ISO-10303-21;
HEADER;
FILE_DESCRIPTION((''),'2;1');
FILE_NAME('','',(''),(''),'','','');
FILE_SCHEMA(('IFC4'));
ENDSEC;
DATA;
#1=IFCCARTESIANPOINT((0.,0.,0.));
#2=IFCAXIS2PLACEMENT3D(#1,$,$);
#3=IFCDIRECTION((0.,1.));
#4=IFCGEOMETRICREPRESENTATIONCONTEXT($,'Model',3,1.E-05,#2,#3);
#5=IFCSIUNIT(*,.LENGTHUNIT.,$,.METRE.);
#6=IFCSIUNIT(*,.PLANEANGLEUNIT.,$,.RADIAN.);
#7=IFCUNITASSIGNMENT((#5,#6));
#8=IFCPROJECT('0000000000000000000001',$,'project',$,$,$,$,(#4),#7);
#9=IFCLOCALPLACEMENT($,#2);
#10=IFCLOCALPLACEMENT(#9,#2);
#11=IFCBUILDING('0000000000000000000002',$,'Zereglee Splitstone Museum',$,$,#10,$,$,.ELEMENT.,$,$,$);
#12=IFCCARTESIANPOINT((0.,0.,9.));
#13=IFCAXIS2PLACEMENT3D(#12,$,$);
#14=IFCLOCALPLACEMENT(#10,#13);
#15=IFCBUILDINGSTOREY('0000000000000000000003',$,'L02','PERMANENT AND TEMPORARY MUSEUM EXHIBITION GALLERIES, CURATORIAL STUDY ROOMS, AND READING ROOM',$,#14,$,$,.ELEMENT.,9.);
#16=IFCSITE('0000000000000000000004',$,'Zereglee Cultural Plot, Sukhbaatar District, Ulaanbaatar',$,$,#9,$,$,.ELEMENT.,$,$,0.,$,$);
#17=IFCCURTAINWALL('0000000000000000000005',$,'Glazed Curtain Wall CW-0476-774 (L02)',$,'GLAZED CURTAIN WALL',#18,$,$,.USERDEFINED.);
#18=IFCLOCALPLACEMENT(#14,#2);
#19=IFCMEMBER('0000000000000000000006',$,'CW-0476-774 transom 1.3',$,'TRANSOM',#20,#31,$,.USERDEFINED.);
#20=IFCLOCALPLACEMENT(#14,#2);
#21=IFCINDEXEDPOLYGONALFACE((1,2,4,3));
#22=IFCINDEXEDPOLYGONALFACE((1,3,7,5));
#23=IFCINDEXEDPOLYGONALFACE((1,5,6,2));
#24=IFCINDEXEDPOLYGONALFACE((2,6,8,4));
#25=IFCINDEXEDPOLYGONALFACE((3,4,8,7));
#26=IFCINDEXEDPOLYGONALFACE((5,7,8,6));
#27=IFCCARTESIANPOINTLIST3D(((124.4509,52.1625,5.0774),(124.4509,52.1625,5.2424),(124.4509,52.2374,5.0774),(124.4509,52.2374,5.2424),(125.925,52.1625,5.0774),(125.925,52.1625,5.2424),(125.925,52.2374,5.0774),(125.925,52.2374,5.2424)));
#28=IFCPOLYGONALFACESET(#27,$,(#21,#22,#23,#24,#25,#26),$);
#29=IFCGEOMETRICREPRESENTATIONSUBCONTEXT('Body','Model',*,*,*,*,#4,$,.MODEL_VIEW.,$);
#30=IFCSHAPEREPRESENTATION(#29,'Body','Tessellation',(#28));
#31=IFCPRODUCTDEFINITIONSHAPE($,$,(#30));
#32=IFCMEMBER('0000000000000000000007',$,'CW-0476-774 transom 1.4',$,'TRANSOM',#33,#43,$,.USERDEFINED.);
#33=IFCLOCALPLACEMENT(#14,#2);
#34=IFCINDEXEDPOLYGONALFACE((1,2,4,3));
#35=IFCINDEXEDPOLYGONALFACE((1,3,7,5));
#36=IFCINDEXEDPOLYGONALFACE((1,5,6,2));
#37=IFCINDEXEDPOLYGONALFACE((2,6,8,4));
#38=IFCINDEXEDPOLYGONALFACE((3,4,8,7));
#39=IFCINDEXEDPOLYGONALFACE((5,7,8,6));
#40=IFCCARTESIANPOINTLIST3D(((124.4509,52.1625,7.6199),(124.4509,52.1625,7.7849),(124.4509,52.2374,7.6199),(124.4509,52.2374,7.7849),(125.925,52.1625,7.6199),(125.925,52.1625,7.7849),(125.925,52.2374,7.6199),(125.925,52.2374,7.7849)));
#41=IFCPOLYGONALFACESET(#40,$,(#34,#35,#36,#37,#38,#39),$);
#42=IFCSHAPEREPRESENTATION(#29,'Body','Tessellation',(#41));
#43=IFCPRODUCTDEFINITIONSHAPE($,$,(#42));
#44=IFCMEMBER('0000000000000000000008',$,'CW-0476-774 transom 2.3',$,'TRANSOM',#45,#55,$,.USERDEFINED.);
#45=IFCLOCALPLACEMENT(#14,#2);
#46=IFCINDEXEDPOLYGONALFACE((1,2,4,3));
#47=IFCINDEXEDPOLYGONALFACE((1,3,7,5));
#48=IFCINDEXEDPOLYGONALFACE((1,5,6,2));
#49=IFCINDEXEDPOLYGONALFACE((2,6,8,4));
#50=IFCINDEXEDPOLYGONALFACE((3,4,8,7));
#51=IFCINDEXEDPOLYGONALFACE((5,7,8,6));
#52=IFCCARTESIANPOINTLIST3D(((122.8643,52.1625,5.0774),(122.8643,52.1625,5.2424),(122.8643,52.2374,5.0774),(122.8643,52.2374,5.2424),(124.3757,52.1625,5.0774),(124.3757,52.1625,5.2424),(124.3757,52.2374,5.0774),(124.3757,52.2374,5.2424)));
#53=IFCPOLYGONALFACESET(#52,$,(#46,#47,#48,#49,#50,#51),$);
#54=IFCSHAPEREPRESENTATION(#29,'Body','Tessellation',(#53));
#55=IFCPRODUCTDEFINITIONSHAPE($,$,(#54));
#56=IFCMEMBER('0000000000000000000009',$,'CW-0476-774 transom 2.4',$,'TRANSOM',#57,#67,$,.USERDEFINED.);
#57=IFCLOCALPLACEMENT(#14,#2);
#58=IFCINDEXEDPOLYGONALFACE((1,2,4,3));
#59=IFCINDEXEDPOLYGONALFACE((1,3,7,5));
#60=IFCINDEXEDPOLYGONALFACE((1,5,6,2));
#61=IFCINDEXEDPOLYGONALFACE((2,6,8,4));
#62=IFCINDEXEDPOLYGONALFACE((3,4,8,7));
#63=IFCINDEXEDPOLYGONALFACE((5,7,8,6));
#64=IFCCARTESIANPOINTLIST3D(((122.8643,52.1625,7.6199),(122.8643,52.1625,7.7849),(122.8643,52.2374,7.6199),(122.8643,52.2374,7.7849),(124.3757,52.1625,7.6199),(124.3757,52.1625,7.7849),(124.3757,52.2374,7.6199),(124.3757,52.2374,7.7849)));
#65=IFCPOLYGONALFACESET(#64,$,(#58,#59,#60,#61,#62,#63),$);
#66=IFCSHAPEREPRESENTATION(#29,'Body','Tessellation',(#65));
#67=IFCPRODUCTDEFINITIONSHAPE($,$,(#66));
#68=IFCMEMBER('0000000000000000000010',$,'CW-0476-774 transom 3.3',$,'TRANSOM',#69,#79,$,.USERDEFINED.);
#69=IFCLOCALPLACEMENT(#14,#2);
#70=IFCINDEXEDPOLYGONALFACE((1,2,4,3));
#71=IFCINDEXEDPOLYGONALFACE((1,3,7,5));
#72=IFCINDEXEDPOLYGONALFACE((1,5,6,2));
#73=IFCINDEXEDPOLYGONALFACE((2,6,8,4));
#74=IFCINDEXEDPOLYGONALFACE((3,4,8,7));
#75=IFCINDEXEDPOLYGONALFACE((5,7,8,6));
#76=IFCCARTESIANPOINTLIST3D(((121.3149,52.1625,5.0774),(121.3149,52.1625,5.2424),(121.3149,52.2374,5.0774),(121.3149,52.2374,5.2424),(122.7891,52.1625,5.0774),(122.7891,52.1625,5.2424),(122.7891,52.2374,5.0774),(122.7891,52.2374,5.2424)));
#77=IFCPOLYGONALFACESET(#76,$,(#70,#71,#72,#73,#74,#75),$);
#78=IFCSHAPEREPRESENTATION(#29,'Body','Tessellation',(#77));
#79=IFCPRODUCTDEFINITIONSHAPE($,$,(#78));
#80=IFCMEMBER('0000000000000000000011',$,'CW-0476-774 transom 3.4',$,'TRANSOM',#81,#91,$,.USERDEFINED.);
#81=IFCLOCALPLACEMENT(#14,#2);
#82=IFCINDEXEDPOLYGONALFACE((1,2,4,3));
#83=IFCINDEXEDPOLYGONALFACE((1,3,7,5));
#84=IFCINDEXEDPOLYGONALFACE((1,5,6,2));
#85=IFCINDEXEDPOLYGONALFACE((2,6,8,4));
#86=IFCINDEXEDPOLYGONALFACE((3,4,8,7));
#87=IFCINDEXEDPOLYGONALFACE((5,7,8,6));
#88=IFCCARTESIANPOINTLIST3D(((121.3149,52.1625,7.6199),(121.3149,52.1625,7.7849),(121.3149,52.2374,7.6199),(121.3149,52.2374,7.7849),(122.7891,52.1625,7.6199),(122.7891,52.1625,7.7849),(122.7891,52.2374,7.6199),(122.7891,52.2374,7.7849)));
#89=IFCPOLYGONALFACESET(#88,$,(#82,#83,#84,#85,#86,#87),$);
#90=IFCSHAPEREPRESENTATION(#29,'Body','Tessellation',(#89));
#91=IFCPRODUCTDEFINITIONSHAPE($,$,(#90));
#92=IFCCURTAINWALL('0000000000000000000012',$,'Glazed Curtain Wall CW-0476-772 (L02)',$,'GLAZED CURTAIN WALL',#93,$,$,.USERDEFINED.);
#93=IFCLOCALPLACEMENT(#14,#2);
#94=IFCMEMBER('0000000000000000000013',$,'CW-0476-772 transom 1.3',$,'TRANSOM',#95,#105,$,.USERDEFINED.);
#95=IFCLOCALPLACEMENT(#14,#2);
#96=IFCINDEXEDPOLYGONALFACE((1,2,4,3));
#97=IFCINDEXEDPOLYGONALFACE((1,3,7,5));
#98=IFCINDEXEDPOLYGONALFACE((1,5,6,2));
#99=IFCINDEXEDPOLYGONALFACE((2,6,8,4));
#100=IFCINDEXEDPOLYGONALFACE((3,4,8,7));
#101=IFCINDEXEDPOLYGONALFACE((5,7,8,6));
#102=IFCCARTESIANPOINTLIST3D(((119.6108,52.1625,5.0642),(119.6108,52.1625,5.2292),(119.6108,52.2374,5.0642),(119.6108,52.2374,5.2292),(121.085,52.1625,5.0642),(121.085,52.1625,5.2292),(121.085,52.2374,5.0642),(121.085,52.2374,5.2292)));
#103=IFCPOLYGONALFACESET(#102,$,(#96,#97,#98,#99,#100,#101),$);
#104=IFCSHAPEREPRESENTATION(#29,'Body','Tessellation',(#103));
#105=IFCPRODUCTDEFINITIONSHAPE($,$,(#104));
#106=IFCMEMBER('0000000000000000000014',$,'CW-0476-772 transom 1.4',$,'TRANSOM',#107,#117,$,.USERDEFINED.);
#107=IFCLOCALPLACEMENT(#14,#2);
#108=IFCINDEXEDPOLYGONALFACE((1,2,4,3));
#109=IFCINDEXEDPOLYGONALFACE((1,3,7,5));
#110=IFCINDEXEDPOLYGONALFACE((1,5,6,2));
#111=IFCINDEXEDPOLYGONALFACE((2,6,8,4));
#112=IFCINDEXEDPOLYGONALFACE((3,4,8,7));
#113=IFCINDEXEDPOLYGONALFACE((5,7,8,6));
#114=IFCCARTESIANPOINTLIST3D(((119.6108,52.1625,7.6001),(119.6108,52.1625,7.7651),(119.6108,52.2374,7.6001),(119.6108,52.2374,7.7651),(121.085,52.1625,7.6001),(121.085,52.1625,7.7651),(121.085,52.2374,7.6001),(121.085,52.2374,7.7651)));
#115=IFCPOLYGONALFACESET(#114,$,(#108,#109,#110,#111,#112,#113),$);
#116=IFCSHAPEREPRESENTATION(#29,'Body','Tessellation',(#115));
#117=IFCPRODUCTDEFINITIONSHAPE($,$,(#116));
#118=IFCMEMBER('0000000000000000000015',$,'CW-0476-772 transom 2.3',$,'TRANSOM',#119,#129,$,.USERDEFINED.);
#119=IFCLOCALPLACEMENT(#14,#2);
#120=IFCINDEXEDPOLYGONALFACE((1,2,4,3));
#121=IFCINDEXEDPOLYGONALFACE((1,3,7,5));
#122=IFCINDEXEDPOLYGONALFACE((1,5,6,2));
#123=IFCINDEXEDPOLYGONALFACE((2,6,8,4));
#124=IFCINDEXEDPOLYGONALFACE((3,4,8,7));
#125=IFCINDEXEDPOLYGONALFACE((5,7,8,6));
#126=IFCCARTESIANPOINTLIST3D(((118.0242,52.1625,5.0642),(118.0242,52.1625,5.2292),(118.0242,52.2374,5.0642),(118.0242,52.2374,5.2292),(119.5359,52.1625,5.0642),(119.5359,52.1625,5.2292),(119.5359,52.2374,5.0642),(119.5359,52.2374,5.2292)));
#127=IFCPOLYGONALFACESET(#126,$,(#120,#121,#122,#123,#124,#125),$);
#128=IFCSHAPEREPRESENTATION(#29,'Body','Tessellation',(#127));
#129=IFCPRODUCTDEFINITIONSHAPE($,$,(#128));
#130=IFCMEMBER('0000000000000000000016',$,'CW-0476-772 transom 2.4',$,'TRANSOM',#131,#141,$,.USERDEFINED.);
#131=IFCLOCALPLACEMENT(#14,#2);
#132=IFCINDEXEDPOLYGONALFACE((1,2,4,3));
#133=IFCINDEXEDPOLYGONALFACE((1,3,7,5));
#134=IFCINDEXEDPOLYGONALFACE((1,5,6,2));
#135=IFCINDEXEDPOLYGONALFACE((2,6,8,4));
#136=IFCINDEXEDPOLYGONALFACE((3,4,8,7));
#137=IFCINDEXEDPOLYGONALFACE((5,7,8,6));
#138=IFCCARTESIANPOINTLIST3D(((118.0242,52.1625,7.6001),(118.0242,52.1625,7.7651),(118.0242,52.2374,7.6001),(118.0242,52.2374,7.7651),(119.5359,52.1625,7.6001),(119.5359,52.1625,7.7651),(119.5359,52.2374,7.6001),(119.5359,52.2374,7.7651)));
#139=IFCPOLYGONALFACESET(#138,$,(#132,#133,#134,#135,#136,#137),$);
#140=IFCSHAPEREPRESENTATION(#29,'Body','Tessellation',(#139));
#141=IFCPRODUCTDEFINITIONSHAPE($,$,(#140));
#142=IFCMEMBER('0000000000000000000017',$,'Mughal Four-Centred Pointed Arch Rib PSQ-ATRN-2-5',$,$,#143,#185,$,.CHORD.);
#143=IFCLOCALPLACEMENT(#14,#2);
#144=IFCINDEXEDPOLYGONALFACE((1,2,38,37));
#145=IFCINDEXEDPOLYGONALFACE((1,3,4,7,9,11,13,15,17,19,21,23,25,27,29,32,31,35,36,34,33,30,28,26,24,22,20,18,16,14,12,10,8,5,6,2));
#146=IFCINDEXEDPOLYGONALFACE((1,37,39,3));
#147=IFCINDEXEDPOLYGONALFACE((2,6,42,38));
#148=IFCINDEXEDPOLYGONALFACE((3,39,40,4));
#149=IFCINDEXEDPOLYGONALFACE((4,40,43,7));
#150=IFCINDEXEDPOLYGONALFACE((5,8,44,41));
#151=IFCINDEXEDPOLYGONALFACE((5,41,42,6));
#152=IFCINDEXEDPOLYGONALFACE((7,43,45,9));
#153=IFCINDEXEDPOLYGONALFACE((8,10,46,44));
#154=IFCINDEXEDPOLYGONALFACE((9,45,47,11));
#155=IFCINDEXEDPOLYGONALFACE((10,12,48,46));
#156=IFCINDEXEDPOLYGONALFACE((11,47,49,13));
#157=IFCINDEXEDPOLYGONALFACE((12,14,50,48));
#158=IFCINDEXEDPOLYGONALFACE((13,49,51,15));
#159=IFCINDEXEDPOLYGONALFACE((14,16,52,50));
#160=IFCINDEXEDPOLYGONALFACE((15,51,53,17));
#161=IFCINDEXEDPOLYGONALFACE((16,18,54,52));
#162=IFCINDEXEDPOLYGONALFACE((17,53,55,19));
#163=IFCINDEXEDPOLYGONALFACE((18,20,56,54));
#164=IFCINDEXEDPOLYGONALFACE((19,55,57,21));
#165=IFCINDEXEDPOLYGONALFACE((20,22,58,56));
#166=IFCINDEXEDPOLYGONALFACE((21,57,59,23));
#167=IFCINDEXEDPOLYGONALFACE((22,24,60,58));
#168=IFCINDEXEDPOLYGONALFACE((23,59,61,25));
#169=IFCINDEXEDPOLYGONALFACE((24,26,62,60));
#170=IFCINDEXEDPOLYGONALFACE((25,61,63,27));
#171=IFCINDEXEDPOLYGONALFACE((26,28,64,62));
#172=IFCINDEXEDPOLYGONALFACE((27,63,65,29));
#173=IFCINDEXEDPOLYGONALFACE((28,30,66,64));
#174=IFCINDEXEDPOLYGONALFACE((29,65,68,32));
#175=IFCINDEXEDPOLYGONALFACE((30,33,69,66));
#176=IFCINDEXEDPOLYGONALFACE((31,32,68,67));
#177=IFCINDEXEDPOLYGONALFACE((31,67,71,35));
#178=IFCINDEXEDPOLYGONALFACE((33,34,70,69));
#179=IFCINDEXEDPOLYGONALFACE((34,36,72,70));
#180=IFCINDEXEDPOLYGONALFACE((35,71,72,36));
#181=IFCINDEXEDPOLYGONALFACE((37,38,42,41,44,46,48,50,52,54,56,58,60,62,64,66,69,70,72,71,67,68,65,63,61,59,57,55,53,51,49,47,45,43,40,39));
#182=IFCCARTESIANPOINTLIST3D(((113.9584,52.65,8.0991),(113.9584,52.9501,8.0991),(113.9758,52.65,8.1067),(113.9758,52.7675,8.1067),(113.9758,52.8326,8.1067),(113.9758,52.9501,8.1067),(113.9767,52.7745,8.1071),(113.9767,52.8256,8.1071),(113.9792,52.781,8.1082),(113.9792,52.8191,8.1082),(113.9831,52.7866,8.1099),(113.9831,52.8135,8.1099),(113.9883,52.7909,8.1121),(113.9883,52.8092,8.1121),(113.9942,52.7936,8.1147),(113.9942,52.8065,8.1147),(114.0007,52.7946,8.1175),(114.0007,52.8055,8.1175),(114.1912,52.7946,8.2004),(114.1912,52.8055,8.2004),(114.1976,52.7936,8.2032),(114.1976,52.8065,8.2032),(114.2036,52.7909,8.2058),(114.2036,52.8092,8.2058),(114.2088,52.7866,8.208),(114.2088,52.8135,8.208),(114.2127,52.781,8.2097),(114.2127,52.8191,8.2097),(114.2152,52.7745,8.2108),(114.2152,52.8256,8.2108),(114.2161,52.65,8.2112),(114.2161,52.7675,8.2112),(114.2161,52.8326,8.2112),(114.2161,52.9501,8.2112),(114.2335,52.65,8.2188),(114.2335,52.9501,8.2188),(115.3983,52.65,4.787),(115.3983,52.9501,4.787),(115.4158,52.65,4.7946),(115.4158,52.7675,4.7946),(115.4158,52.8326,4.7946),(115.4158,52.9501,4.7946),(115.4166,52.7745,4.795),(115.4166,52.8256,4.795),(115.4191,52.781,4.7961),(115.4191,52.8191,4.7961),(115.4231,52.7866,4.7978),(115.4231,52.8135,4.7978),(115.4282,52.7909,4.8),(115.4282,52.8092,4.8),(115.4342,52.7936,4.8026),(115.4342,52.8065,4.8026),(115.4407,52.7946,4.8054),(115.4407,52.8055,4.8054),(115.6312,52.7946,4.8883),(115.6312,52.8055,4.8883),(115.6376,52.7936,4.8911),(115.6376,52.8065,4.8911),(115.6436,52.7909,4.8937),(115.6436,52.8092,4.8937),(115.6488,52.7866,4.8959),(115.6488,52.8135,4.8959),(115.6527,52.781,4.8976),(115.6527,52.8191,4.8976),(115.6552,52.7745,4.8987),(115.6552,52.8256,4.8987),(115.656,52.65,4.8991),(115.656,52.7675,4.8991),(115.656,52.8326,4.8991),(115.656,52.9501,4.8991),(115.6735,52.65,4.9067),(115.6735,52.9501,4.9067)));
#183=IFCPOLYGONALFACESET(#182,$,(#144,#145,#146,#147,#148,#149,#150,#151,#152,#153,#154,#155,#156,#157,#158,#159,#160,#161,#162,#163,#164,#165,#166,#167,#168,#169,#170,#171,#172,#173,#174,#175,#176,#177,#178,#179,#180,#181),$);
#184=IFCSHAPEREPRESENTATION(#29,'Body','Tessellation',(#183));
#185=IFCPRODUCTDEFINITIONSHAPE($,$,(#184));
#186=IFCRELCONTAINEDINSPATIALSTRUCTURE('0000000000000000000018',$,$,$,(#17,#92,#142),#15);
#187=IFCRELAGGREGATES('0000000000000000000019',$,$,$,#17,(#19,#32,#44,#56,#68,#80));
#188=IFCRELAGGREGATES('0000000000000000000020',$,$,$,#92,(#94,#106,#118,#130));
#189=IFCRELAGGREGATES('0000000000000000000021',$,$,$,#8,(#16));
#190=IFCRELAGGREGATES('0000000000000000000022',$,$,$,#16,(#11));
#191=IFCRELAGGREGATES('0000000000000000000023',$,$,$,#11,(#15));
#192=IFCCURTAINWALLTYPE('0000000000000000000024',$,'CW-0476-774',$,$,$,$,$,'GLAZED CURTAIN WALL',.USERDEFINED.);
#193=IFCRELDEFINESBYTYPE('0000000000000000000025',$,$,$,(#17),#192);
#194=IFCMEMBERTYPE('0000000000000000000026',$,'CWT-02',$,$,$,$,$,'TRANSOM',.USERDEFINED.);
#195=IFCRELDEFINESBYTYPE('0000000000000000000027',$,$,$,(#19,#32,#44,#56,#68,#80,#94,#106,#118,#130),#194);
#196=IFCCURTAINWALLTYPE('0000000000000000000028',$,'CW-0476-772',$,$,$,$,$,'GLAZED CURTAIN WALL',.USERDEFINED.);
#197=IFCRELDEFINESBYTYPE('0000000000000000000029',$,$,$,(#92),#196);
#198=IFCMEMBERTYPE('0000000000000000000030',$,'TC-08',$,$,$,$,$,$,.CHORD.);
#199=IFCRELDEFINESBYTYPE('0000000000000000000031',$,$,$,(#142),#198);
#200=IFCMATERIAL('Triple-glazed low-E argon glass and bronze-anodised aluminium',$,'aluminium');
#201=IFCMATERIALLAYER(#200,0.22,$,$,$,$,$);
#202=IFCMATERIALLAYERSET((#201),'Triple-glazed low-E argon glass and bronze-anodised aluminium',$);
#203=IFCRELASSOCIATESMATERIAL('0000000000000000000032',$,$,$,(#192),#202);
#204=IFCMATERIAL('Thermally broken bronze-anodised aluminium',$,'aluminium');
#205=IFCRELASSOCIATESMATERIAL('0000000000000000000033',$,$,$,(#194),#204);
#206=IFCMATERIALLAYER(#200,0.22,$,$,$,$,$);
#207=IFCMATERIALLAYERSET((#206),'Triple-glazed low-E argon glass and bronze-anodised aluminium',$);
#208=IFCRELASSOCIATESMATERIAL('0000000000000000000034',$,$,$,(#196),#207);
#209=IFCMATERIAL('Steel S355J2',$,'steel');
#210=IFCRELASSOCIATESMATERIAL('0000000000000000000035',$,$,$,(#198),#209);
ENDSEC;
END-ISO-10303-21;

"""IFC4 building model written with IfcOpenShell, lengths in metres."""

from ifc_helpers import new_model, si_unit, direction, frame, origin, origin_2d, place, context, subcontext, project, spatial, rectangle, i_section, extrude, material, layer, layer_set, material_profile, profile_set, type_object, element, aggregate, save


model = new_model("IFC4")

# Units and contexts
model_context = context("Model", 3, precision=1e-05, world=origin(), true_north=direction((0.0, 1.0)))
body_context = subcontext(model_context, "Body", "Model", "MODEL_VIEW")
ifc_project = project(units=[si_unit("LENGTHUNIT", "METRE"), si_unit("PLANEANGLEUNIT", "RADIAN")], contexts=[model_context])

# Site, building, storey
site_placement = place(None, origin())
site = spatial("IfcSite", under=ifc_project, at=site_placement, Name="Zereglee Cultural Plot, Sukhbaatar District, Ulaanbaatar", CompositionType="ELEMENT", RefElevation=0.0)
building_placement = place(site_placement, origin())
building = spatial("IfcBuilding", under=site, at=building_placement, Name="Zereglee Splitstone Museum", CompositionType="ELEMENT")
storey_placement = place(building_placement, frame((0.0, 0.0, 9.0)))
storey = spatial("IfcBuildingStorey", under=building, at=storey_placement, Name="L02", Description="PERMANENT AND TEMPORARY MUSEUM EXHIBITION GALLERIES, CURATORIAL STUDY ROOMS, AND READING ROOM", CompositionType="ELEMENT", Elevation=9.0)

# Curtain walls, members
ifc_material_1 = material(Name="Triple-glazed low-E argon glass and bronze-anodised aluminium", Category="aluminium")
ifc_layer_1 = layer(ifc_material_1, 0.22)
ifc_layer_set_1 = layer_set([ifc_layer_1], Name="Triple-glazed low-E argon glass and bronze-anodised aluminium")
curtain_wall_type_1 = type_object("IfcCurtainWallType", Name="CW-0476-774", ElementType="GLAZED CURTAIN WALL", PredefinedType="USERDEFINED", material=ifc_layer_set_1)
curtain_wall_1_placement = place(storey_placement, origin())
curtain_wall_1 = element("IfcCurtainWall", 1, at=curtain_wall_1_placement, inside=storey, type_object=curtain_wall_type_1, Name="Glazed Curtain Wall CW-0476-774 (L02)", ObjectType="GLAZED CURTAIN WALL", PredefinedType="USERDEFINED")
ifc_material_2 = material(Name="Thermally broken bronze-anodised aluminium", Category="aluminium")
ifc_material_profile_1 = material_profile(ifc_material_2, rectangle(XDim=0.075, YDim=0.165, at=origin_2d()), Name="CW TRAN 75x165")
ifc_profile_set_1 = profile_set([ifc_material_profile_1], Name="Thermally broken bronze-anodised aluminium")
member_type_1 = type_object("IfcMemberType", Name="CWT-02", ElementType="TRANSOM", PredefinedType="USERDEFINED", material=ifc_profile_set_1)
member_1_placement = place(storey_placement, frame((125.925, 52.2, 5.1599), z_axis=(-1.0, 0.0, 0.0), x_axis=(0.0, -1.0, 0.0)))
member_1 = element("IfcMember", 2, at=member_1_placement, type_object=member_type_1, Name="CW-0476-774 transom 1.3", ObjectType="TRANSOM", PredefinedType="USERDEFINED", context=body_context, shape_type="SweptSolid", body=[
    extrude(rectangle(XDim=0.075, YDim=0.165, at=origin_2d()), origin(), (0.0, 0.0, 1.0), 1.4741),
])
member_2_placement = place(storey_placement, frame((125.925, 52.2, 7.7024), z_axis=(-1.0, 0.0, 0.0), x_axis=(0.0, -1.0, 0.0)))
member_2 = element("IfcMember", 3, at=member_2_placement, type_object=member_type_1, Name="CW-0476-774 transom 1.4", ObjectType="TRANSOM", PredefinedType="USERDEFINED", context=body_context, shape_type="SweptSolid", body=[
    extrude(rectangle(XDim=0.075, YDim=0.165, at=origin_2d()), origin(), (0.0, 0.0, 1.0), 1.4741),
])
member_3_placement = place(storey_placement, frame((124.3757, 52.2, 5.1599), z_axis=(-1.0, 0.0, 0.0), x_axis=(0.0, -1.0, 0.0)))
member_3 = element("IfcMember", 4, at=member_3_placement, type_object=member_type_1, Name="CW-0476-774 transom 2.3", ObjectType="TRANSOM", PredefinedType="USERDEFINED", context=body_context, shape_type="SweptSolid", body=[
    extrude(rectangle(XDim=0.075, YDim=0.165, at=origin_2d()), origin(), (0.0, 0.0, 1.0), 1.5115),
])
member_4_placement = place(storey_placement, frame((124.3757, 52.2, 7.7024), z_axis=(-1.0, 0.0, 0.0), x_axis=(0.0, -1.0, 0.0)))
member_4 = element("IfcMember", 5, at=member_4_placement, type_object=member_type_1, Name="CW-0476-774 transom 2.4", ObjectType="TRANSOM", PredefinedType="USERDEFINED", context=body_context, shape_type="SweptSolid", body=[
    extrude(rectangle(XDim=0.075, YDim=0.165, at=origin_2d()), origin(), (0.0, 0.0, 1.0), 1.5115),
])
member_5_placement = place(storey_placement, frame((122.7891, 52.2, 5.1599), z_axis=(-1.0, 0.0, 0.0), x_axis=(0.0, -1.0, 0.0)))
member_5 = element("IfcMember", 6, at=member_5_placement, type_object=member_type_1, Name="CW-0476-774 transom 3.3", ObjectType="TRANSOM", PredefinedType="USERDEFINED", context=body_context, shape_type="SweptSolid", body=[
    extrude(rectangle(XDim=0.075, YDim=0.165, at=origin_2d()), origin(), (0.0, 0.0, 1.0), 1.4741),
])
member_6_placement = place(storey_placement, frame((122.7891, 52.2, 7.7024), z_axis=(-1.0, 0.0, 0.0), x_axis=(0.0, -1.0, 0.0)))
member_6 = element("IfcMember", 7, at=member_6_placement, type_object=member_type_1, Name="CW-0476-774 transom 3.4", ObjectType="TRANSOM", PredefinedType="USERDEFINED", context=body_context, shape_type="SweptSolid", body=[
    extrude(rectangle(XDim=0.075, YDim=0.165, at=origin_2d()), origin(), (0.0, 0.0, 1.0), 1.4741),
])
ifc_layer_2 = layer(ifc_material_1, 0.22)
ifc_layer_set_2 = layer_set([ifc_layer_2], Name="Triple-glazed low-E argon glass and bronze-anodised aluminium")
curtain_wall_type_2 = type_object("IfcCurtainWallType", Name="CW-0476-772", ElementType="GLAZED CURTAIN WALL", PredefinedType="USERDEFINED", material=ifc_layer_set_2)
curtain_wall_2_placement = place(storey_placement, origin())
curtain_wall_2 = element("IfcCurtainWall", 8, at=curtain_wall_2_placement, inside=storey, type_object=curtain_wall_type_2, Name="Glazed Curtain Wall CW-0476-772 (L02)", ObjectType="GLAZED CURTAIN WALL", PredefinedType="USERDEFINED")
member_7_placement = place(storey_placement, frame((121.085, 52.2, 5.1467), z_axis=(-1.0, 0.0, 0.0), x_axis=(0.0, -1.0, 0.0)))
member_7 = element("IfcMember", 9, at=member_7_placement, type_object=member_type_1, Name="CW-0476-772 transom 1.3", ObjectType="TRANSOM", PredefinedType="USERDEFINED", context=body_context, shape_type="SweptSolid", body=[
    extrude(rectangle(XDim=0.075, YDim=0.165, at=origin_2d()), origin(), (0.0, 0.0, 1.0), 1.4741),
])
member_8_placement = place(storey_placement, frame((121.085, 52.2, 7.6826), z_axis=(-1.0, 0.0, 0.0), x_axis=(0.0, -1.0, 0.0)))
member_8 = element("IfcMember", 10, at=member_8_placement, type_object=member_type_1, Name="CW-0476-772 transom 1.4", ObjectType="TRANSOM", PredefinedType="USERDEFINED", context=body_context, shape_type="SweptSolid", body=[
    extrude(rectangle(XDim=0.075, YDim=0.165, at=origin_2d()), origin(), (0.0, 0.0, 1.0), 1.4741),
])
member_9_placement = place(storey_placement, frame((119.5359, 52.2, 5.1467), z_axis=(-1.0, 0.0, 0.0), x_axis=(0.0, -1.0, 0.0)))
member_9 = element("IfcMember", 11, at=member_9_placement, type_object=member_type_1, Name="CW-0476-772 transom 2.3", ObjectType="TRANSOM", PredefinedType="USERDEFINED", context=body_context, shape_type="SweptSolid", body=[
    extrude(rectangle(XDim=0.075, YDim=0.165, at=origin_2d()), origin(), (0.0, 0.0, 1.0), 1.5117),
])
member_10_placement = place(storey_placement, frame((119.5359, 52.2, 7.6826), z_axis=(-1.0, 0.0, 0.0), x_axis=(0.0, -1.0, 0.0)))
member_10 = element("IfcMember", 12, at=member_10_placement, type_object=member_type_1, Name="CW-0476-772 transom 2.4", ObjectType="TRANSOM", PredefinedType="USERDEFINED", context=body_context, shape_type="SweptSolid", body=[
    extrude(rectangle(XDim=0.075, YDim=0.165, at=origin_2d()), origin(), (0.0, 0.0, 1.0), 1.5117),
])

# Member
ifc_material_3 = material(Name="Steel S355J2", Category="steel")
ifc_material_profile_2 = material_profile(ifc_material_3, i_section(OverallWidth=0.3, OverallDepth=0.3, WebThickness=0.011, FlangeThickness=0.019, FilletRadius=0.0271, at=origin_2d()), Name="HE 300 B")
ifc_profile_set_2 = profile_set([ifc_material_profile_2], Name="Steel S355J2")
member_type_2 = type_object("IfcMemberType", Name="TC-08", PredefinedType="CHORD", material=ifc_profile_set_2)
member_11_placement = place(storey_placement, frame((114.0959, 52.8, 8.1589), z_axis=(0.398711, 0.0, -0.917077), x_axis=(0.0, 1.0, 0.0)))
element("IfcMember", 13, at=member_11_placement, inside=storey, type_object=member_type_2, Name="Mughal Four-Centred Pointed Arch Rib PSQ-ATRN-2-5", PredefinedType="CHORD", context=body_context, shape_type="SweptSolid", body=[
    extrude(i_section(OverallWidth=0.3, OverallDepth=0.3, WebThickness=0.011, FlangeThickness=0.019, FilletRadius=0.0271, at=origin_2d()), origin(), (0.0, 0.0, 1.0), 3.6116),
])

aggregate(curtain_wall_1, [member_1, member_2, member_3, member_4, member_5, member_6])
aggregate(curtain_wall_2, [member_7, member_8, member_9, member_10])

save(model, "model.ifc")
